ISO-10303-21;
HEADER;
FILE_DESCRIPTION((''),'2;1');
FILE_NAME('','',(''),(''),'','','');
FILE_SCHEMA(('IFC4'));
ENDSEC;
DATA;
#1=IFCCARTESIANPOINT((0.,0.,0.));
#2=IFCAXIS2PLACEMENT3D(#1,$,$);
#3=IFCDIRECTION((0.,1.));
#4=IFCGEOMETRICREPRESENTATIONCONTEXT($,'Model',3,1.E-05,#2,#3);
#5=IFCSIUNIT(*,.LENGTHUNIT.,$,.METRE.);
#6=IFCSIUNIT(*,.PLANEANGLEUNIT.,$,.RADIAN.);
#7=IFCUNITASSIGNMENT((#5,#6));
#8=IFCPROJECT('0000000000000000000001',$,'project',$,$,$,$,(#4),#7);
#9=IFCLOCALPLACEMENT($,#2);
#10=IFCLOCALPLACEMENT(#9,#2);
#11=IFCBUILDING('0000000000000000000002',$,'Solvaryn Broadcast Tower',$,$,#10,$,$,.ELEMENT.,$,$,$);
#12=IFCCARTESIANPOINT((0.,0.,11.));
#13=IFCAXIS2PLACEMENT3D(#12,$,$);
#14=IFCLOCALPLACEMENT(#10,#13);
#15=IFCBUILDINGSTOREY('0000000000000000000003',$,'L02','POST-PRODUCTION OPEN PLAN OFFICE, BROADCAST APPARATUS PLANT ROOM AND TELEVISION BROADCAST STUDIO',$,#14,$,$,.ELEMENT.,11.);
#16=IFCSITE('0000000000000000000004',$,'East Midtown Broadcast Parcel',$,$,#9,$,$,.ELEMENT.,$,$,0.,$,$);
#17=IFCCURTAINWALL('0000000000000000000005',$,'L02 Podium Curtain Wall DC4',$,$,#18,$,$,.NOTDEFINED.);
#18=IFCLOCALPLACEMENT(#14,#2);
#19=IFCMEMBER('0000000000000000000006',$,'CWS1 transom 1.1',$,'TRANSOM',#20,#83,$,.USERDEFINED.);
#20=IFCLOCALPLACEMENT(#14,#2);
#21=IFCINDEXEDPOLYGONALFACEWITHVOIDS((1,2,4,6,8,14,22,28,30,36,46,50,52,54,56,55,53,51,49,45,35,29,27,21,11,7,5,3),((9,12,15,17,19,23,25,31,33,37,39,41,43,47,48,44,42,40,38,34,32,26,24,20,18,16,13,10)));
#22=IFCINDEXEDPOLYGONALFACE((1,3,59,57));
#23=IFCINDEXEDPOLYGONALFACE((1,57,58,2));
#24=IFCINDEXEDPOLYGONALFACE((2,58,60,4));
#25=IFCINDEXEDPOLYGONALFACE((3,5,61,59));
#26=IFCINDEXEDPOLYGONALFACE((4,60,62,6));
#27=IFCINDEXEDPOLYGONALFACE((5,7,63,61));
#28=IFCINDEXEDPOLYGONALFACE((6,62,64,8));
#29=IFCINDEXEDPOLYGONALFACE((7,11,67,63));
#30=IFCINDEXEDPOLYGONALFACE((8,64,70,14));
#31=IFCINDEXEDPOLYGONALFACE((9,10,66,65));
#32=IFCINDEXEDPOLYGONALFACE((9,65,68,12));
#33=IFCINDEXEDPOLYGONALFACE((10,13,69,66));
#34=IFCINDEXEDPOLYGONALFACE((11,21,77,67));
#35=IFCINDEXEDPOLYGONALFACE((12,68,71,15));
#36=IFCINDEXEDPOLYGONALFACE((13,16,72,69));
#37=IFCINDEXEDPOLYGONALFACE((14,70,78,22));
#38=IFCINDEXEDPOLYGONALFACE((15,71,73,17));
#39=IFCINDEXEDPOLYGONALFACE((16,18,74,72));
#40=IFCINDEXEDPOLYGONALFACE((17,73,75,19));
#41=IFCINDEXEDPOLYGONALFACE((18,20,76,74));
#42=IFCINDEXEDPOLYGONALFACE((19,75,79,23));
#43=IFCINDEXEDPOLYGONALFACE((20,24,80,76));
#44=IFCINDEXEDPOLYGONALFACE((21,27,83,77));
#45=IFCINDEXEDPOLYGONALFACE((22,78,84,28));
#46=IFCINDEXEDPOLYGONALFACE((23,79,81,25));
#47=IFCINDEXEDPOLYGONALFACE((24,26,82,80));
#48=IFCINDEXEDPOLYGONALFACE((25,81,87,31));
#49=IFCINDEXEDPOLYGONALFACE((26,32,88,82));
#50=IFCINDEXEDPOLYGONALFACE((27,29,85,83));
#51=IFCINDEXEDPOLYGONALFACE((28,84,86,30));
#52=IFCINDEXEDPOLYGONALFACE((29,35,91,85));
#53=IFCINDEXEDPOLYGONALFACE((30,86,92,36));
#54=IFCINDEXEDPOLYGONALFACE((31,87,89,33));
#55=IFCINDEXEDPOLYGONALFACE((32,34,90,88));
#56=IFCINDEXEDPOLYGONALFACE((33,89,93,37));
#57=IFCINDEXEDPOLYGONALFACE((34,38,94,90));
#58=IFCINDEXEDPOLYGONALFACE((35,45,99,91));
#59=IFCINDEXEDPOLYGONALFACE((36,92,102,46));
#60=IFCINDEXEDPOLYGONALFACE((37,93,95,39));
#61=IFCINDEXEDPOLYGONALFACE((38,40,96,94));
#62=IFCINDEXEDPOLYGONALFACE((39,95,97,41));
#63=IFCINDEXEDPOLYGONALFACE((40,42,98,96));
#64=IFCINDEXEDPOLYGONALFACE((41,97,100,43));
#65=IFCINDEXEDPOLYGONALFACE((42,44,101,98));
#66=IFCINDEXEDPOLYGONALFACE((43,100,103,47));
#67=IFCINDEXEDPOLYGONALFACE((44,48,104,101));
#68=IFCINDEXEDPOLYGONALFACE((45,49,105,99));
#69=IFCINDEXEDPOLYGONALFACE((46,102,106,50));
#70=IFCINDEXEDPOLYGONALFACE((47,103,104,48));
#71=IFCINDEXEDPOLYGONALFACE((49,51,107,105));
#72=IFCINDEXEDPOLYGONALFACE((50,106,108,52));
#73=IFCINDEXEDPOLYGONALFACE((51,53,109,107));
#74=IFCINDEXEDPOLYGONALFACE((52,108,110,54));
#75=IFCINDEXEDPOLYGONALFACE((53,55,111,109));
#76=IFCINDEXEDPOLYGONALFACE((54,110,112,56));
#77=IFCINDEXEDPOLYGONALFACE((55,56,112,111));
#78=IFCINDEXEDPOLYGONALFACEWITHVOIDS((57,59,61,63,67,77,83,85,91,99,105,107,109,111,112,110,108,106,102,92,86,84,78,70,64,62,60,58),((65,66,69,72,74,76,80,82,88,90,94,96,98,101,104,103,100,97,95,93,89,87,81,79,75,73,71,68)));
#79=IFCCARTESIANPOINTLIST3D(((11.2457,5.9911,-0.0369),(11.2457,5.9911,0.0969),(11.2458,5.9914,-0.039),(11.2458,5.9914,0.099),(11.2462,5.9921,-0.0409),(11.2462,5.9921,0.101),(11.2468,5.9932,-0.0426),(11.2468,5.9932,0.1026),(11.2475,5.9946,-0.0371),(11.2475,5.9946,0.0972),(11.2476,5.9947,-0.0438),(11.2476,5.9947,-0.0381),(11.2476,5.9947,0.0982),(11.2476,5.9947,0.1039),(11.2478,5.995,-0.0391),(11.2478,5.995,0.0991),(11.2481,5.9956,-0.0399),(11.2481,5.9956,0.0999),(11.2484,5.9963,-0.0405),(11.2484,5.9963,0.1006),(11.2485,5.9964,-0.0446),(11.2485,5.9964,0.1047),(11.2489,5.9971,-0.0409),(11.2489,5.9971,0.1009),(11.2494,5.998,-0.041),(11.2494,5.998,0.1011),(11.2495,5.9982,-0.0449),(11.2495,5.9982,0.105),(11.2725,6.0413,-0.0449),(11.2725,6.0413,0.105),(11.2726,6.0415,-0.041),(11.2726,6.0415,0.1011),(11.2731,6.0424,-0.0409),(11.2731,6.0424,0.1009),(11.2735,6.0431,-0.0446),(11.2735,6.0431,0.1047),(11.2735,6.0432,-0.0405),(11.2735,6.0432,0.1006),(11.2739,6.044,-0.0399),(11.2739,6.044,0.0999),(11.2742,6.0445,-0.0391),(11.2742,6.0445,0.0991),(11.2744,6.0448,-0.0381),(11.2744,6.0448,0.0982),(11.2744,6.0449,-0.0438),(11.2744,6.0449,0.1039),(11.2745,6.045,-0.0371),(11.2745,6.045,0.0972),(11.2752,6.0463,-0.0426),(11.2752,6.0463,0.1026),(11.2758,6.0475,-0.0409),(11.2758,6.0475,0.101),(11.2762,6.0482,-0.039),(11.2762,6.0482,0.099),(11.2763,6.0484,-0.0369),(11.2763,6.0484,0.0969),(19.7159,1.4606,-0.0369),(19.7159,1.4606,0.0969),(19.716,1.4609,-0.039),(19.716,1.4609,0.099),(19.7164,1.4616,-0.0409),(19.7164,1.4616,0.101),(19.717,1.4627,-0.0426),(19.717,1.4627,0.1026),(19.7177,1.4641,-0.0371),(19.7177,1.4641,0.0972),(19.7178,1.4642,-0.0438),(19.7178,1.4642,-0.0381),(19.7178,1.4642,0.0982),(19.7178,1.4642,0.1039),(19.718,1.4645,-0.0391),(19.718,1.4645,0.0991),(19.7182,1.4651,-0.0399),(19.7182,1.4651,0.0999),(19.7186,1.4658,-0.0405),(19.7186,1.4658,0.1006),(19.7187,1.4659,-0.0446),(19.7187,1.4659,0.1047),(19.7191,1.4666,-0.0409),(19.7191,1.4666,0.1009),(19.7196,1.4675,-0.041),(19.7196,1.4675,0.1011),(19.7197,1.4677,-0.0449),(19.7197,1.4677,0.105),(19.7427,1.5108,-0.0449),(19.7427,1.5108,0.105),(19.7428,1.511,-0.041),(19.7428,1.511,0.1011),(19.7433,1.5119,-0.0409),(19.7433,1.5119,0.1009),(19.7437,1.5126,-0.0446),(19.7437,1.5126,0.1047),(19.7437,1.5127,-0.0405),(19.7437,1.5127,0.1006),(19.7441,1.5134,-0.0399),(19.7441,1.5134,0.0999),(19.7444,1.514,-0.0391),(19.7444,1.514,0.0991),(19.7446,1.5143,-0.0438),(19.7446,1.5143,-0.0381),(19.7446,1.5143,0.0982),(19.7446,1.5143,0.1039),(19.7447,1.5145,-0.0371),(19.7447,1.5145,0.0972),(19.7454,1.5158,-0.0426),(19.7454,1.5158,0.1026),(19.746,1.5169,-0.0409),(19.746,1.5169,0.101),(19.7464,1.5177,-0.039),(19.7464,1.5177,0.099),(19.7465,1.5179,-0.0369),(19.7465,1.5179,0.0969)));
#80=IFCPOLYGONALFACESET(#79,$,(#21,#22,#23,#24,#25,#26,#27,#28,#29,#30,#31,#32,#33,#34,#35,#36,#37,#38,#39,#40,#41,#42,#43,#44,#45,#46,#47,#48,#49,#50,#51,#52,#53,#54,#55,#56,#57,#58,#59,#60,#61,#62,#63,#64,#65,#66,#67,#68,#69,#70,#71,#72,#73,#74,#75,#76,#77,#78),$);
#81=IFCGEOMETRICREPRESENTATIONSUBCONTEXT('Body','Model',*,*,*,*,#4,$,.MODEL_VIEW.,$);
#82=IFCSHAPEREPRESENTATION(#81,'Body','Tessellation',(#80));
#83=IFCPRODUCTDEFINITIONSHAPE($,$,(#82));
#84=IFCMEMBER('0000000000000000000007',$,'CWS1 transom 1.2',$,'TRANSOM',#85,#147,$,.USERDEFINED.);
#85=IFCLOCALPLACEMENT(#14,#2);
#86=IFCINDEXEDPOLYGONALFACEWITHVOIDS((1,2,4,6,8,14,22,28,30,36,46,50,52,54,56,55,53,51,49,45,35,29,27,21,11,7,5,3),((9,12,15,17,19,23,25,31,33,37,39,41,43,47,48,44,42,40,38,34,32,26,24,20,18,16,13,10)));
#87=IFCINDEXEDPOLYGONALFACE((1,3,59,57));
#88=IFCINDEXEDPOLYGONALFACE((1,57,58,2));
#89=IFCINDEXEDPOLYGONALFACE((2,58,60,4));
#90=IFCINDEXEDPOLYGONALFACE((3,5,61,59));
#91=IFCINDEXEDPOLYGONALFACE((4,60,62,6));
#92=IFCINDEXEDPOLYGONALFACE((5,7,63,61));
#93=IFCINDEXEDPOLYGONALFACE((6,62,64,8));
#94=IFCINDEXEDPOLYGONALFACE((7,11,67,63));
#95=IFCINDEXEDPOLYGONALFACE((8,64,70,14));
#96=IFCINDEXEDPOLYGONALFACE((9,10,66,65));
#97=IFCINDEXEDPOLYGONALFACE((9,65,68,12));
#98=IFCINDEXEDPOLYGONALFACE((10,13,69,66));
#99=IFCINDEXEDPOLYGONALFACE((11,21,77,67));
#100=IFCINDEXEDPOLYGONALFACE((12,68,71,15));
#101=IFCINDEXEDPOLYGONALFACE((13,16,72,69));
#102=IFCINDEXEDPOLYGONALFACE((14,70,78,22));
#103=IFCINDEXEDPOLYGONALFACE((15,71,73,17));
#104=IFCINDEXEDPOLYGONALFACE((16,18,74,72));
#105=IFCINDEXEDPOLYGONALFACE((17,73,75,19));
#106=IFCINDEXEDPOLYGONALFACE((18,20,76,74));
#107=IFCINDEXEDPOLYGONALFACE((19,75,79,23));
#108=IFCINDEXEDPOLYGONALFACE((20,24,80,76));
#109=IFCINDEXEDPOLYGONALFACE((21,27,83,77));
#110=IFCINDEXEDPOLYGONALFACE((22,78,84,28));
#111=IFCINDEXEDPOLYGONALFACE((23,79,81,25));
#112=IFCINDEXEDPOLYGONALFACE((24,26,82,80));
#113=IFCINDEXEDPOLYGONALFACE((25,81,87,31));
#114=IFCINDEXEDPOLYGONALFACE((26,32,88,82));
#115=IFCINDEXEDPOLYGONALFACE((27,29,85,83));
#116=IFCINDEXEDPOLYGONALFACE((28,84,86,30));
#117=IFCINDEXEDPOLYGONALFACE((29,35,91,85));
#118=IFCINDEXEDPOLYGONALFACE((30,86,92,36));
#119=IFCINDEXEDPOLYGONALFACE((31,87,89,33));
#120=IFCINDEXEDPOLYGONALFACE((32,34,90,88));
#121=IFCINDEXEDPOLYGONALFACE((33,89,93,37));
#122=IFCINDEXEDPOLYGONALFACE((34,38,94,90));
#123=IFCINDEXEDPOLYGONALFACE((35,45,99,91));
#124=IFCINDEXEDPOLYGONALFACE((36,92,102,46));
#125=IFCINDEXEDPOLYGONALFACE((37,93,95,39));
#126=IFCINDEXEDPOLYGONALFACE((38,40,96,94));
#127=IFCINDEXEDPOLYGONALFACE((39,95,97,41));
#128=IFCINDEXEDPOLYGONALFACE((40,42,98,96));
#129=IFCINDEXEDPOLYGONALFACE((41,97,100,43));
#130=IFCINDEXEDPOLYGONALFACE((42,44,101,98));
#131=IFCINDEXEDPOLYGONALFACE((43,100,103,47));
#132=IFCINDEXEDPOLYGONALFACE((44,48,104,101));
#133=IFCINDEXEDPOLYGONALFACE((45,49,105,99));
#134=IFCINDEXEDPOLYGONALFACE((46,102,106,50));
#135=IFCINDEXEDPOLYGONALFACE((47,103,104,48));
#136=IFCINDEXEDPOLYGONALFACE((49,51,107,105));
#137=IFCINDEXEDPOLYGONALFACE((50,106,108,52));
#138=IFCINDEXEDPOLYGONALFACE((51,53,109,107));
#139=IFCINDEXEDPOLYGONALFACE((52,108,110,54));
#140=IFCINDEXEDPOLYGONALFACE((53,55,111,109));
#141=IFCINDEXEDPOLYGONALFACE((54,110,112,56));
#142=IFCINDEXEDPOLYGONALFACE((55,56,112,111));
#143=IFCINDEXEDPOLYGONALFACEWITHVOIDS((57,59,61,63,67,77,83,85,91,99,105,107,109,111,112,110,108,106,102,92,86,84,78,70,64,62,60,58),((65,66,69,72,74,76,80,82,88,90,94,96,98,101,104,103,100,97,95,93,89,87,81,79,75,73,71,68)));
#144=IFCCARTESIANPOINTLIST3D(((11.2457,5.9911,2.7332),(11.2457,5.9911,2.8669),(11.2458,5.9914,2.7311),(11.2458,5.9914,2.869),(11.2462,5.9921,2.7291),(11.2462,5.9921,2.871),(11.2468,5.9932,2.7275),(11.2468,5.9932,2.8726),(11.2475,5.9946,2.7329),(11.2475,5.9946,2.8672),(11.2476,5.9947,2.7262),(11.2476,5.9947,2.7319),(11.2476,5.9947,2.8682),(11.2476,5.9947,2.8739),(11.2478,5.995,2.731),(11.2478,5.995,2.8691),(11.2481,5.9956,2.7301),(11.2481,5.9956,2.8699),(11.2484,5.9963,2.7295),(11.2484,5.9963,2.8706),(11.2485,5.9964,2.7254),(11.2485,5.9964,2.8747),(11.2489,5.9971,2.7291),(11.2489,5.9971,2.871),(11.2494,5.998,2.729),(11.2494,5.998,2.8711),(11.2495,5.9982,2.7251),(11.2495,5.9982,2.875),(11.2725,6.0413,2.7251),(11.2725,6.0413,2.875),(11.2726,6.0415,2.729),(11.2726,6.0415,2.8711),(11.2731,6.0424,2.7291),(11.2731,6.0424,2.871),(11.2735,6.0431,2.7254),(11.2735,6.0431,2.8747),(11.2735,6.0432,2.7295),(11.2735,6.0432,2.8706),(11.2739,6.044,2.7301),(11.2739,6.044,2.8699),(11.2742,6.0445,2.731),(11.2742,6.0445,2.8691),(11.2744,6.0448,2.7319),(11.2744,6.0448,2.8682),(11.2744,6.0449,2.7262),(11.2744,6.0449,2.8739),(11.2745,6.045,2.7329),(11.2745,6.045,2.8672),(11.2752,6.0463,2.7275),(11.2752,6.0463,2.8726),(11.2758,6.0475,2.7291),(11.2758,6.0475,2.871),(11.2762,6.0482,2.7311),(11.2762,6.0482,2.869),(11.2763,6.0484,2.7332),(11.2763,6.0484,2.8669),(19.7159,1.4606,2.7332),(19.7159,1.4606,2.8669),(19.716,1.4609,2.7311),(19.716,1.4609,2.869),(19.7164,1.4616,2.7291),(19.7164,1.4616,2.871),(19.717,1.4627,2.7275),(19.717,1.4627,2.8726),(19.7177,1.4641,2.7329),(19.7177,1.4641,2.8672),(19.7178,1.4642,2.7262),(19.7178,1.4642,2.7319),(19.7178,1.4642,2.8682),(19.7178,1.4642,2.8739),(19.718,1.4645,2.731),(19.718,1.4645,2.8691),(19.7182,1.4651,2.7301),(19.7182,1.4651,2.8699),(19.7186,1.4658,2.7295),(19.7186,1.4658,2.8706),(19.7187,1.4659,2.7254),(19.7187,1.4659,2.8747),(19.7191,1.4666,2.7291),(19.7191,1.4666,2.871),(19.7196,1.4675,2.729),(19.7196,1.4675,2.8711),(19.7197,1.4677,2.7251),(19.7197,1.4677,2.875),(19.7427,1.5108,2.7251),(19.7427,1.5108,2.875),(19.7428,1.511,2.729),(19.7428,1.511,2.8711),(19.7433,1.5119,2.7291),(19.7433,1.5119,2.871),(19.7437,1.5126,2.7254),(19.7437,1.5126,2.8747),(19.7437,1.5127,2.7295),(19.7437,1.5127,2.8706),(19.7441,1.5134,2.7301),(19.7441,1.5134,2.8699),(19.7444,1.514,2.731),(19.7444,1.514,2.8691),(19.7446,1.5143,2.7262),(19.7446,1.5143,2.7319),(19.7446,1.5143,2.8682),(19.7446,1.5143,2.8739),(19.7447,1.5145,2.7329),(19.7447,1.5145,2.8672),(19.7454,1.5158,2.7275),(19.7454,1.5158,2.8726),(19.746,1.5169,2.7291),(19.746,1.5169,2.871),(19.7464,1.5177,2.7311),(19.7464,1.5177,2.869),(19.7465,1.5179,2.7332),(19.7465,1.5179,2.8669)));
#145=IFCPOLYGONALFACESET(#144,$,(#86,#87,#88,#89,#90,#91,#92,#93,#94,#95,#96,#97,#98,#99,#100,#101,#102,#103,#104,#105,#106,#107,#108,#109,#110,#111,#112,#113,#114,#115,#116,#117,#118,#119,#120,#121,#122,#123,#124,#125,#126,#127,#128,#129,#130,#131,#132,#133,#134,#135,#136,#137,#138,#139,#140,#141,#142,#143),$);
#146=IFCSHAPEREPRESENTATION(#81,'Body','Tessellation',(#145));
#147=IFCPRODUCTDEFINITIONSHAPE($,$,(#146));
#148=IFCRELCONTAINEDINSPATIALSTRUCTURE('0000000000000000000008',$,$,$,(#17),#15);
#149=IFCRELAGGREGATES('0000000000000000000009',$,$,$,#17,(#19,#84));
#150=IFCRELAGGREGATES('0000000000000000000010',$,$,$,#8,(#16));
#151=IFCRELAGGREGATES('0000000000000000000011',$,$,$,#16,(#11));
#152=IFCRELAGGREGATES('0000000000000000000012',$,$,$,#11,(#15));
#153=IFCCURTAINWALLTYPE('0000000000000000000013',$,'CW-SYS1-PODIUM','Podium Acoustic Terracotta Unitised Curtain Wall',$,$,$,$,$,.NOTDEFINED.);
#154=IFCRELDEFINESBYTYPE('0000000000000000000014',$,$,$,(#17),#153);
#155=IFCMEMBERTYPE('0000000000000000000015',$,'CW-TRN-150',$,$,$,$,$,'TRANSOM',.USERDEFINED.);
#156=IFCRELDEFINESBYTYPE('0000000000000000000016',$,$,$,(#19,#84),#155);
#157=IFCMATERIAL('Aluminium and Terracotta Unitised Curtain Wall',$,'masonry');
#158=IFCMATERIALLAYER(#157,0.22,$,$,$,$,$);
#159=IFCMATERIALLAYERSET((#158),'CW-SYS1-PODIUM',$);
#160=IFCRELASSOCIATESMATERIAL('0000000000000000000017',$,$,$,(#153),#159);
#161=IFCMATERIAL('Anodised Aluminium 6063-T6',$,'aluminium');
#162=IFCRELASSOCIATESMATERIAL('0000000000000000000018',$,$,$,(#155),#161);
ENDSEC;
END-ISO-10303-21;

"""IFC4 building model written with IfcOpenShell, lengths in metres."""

from ifc_helpers import new_model, si_unit, direction, frame, origin, origin_2d, place, context, subcontext, project, spatial, hollow_rectangle, extrude, material, layer, layer_set, material_profile, profile_set, type_object, element, aggregate, save


model = new_model("IFC4")

# Units and contexts
model_context = context("Model", 3, precision=1e-05, world=origin(), true_north=direction((0.0, 1.0)))
body_context = subcontext(model_context, "Body", "Model", "MODEL_VIEW")
ifc_project = project(units=[si_unit("LENGTHUNIT", "METRE"), si_unit("PLANEANGLEUNIT", "RADIAN")], contexts=[model_context])

# Site, building, storey
site_placement = place(None, origin())
site = spatial("IfcSite", under=ifc_project, at=site_placement, Name="East Midtown Broadcast Parcel", CompositionType="ELEMENT", RefElevation=0.0)
building_placement = place(site_placement, origin())
building = spatial("IfcBuilding", under=site, at=building_placement, Name="Solvaryn Broadcast Tower", CompositionType="ELEMENT")
storey_placement = place(building_placement, frame((0.0, 0.0, 11.0)))
storey = spatial("IfcBuildingStorey", under=building, at=storey_placement, Name="L02", Description="POST-PRODUCTION OPEN PLAN OFFICE, BROADCAST APPARATUS PLANT ROOM AND TELEVISION BROADCAST STUDIO", CompositionType="ELEMENT", Elevation=11.0)

# Shared definitions
ifc_material_1 = material(Name="Aluminium and Terracotta Unitised Curtain Wall", Category="masonry")
ifc_layer_1 = layer(ifc_material_1, 0.22)
ifc_layer_set_1 = layer_set([ifc_layer_1], Name="CW-SYS1-PODIUM")
curtain_wall_type = type_object("IfcCurtainWallType", Name="CW-SYS1-PODIUM", Description="Podium Acoustic Terracotta Unitised Curtain Wall", PredefinedType="NOTDEFINED", material=ifc_layer_set_1)

# Curtain wall, members
curtain_wall_1_placement = place(storey_placement, origin())
curtain_wall_1 = element("IfcCurtainWall", 1, at=curtain_wall_1_placement, inside=storey, type_object=curtain_wall_type, Name="L02 Podium Curtain Wall DC4", PredefinedType="NOTDEFINED")
ifc_material_2 = material(Name="Anodised Aluminium 6063-T6", Category="aluminium")
ifc_material_profile_1 = material_profile(ifc_material_2, hollow_rectangle(XDim=0.0649, YDim=0.1499, WallThickness=0.0039, InnerFilletRadius=0.0039, OuterFilletRadius=0.0081, at=origin_2d()))
ifc_profile_set_1 = profile_set([ifc_material_profile_1], Name="Anodised Aluminium 6063-T6")
member_type_1 = type_object("IfcMemberType", Name="CW-TRN-150", ElementType="TRANSOM", PredefinedType="USERDEFINED", material=ifc_profile_set_1)
member_1_placement = place(storey_placement, frame((11.261, 6.0198, 0.03), z_axis=(0.881787, -0.471647, 0.0), x_axis=(0.471647, 0.881787, 0.0)))
member_1 = element("IfcMember", 2, at=member_1_placement, type_object=member_type_1, Name="CWS1 transom 1.1", ObjectType="TRANSOM", PredefinedType="USERDEFINED", context=body_context, shape_type="SweptSolid", body=[
    extrude(hollow_rectangle(XDim=0.0649, YDim=0.1499, WallThickness=0.0039, InnerFilletRadius=0.0039, OuterFilletRadius=0.0081, at=origin_2d()), origin(), (0.0, 0.0, 1.0), 9.6057),
])
member_2_placement = place(storey_placement, frame((11.261, 6.0198, 2.8), z_axis=(0.881787, -0.471647, 0.0), x_axis=(0.471647, 0.881787, 0.0)))
member_2 = element("IfcMember", 3, at=member_2_placement, type_object=member_type_1, Name="CWS1 transom 1.2", ObjectType="TRANSOM", PredefinedType="USERDEFINED", context=body_context, shape_type="SweptSolid", body=[
    extrude(hollow_rectangle(XDim=0.0649, YDim=0.1499, WallThickness=0.0039, InnerFilletRadius=0.0039, OuterFilletRadius=0.0081, at=origin_2d()), origin(), (0.0, 0.0, 1.0), 9.6057),
])
aggregate(curtain_wall_1, [member_1, member_2])

save(model, "model.ifc")
